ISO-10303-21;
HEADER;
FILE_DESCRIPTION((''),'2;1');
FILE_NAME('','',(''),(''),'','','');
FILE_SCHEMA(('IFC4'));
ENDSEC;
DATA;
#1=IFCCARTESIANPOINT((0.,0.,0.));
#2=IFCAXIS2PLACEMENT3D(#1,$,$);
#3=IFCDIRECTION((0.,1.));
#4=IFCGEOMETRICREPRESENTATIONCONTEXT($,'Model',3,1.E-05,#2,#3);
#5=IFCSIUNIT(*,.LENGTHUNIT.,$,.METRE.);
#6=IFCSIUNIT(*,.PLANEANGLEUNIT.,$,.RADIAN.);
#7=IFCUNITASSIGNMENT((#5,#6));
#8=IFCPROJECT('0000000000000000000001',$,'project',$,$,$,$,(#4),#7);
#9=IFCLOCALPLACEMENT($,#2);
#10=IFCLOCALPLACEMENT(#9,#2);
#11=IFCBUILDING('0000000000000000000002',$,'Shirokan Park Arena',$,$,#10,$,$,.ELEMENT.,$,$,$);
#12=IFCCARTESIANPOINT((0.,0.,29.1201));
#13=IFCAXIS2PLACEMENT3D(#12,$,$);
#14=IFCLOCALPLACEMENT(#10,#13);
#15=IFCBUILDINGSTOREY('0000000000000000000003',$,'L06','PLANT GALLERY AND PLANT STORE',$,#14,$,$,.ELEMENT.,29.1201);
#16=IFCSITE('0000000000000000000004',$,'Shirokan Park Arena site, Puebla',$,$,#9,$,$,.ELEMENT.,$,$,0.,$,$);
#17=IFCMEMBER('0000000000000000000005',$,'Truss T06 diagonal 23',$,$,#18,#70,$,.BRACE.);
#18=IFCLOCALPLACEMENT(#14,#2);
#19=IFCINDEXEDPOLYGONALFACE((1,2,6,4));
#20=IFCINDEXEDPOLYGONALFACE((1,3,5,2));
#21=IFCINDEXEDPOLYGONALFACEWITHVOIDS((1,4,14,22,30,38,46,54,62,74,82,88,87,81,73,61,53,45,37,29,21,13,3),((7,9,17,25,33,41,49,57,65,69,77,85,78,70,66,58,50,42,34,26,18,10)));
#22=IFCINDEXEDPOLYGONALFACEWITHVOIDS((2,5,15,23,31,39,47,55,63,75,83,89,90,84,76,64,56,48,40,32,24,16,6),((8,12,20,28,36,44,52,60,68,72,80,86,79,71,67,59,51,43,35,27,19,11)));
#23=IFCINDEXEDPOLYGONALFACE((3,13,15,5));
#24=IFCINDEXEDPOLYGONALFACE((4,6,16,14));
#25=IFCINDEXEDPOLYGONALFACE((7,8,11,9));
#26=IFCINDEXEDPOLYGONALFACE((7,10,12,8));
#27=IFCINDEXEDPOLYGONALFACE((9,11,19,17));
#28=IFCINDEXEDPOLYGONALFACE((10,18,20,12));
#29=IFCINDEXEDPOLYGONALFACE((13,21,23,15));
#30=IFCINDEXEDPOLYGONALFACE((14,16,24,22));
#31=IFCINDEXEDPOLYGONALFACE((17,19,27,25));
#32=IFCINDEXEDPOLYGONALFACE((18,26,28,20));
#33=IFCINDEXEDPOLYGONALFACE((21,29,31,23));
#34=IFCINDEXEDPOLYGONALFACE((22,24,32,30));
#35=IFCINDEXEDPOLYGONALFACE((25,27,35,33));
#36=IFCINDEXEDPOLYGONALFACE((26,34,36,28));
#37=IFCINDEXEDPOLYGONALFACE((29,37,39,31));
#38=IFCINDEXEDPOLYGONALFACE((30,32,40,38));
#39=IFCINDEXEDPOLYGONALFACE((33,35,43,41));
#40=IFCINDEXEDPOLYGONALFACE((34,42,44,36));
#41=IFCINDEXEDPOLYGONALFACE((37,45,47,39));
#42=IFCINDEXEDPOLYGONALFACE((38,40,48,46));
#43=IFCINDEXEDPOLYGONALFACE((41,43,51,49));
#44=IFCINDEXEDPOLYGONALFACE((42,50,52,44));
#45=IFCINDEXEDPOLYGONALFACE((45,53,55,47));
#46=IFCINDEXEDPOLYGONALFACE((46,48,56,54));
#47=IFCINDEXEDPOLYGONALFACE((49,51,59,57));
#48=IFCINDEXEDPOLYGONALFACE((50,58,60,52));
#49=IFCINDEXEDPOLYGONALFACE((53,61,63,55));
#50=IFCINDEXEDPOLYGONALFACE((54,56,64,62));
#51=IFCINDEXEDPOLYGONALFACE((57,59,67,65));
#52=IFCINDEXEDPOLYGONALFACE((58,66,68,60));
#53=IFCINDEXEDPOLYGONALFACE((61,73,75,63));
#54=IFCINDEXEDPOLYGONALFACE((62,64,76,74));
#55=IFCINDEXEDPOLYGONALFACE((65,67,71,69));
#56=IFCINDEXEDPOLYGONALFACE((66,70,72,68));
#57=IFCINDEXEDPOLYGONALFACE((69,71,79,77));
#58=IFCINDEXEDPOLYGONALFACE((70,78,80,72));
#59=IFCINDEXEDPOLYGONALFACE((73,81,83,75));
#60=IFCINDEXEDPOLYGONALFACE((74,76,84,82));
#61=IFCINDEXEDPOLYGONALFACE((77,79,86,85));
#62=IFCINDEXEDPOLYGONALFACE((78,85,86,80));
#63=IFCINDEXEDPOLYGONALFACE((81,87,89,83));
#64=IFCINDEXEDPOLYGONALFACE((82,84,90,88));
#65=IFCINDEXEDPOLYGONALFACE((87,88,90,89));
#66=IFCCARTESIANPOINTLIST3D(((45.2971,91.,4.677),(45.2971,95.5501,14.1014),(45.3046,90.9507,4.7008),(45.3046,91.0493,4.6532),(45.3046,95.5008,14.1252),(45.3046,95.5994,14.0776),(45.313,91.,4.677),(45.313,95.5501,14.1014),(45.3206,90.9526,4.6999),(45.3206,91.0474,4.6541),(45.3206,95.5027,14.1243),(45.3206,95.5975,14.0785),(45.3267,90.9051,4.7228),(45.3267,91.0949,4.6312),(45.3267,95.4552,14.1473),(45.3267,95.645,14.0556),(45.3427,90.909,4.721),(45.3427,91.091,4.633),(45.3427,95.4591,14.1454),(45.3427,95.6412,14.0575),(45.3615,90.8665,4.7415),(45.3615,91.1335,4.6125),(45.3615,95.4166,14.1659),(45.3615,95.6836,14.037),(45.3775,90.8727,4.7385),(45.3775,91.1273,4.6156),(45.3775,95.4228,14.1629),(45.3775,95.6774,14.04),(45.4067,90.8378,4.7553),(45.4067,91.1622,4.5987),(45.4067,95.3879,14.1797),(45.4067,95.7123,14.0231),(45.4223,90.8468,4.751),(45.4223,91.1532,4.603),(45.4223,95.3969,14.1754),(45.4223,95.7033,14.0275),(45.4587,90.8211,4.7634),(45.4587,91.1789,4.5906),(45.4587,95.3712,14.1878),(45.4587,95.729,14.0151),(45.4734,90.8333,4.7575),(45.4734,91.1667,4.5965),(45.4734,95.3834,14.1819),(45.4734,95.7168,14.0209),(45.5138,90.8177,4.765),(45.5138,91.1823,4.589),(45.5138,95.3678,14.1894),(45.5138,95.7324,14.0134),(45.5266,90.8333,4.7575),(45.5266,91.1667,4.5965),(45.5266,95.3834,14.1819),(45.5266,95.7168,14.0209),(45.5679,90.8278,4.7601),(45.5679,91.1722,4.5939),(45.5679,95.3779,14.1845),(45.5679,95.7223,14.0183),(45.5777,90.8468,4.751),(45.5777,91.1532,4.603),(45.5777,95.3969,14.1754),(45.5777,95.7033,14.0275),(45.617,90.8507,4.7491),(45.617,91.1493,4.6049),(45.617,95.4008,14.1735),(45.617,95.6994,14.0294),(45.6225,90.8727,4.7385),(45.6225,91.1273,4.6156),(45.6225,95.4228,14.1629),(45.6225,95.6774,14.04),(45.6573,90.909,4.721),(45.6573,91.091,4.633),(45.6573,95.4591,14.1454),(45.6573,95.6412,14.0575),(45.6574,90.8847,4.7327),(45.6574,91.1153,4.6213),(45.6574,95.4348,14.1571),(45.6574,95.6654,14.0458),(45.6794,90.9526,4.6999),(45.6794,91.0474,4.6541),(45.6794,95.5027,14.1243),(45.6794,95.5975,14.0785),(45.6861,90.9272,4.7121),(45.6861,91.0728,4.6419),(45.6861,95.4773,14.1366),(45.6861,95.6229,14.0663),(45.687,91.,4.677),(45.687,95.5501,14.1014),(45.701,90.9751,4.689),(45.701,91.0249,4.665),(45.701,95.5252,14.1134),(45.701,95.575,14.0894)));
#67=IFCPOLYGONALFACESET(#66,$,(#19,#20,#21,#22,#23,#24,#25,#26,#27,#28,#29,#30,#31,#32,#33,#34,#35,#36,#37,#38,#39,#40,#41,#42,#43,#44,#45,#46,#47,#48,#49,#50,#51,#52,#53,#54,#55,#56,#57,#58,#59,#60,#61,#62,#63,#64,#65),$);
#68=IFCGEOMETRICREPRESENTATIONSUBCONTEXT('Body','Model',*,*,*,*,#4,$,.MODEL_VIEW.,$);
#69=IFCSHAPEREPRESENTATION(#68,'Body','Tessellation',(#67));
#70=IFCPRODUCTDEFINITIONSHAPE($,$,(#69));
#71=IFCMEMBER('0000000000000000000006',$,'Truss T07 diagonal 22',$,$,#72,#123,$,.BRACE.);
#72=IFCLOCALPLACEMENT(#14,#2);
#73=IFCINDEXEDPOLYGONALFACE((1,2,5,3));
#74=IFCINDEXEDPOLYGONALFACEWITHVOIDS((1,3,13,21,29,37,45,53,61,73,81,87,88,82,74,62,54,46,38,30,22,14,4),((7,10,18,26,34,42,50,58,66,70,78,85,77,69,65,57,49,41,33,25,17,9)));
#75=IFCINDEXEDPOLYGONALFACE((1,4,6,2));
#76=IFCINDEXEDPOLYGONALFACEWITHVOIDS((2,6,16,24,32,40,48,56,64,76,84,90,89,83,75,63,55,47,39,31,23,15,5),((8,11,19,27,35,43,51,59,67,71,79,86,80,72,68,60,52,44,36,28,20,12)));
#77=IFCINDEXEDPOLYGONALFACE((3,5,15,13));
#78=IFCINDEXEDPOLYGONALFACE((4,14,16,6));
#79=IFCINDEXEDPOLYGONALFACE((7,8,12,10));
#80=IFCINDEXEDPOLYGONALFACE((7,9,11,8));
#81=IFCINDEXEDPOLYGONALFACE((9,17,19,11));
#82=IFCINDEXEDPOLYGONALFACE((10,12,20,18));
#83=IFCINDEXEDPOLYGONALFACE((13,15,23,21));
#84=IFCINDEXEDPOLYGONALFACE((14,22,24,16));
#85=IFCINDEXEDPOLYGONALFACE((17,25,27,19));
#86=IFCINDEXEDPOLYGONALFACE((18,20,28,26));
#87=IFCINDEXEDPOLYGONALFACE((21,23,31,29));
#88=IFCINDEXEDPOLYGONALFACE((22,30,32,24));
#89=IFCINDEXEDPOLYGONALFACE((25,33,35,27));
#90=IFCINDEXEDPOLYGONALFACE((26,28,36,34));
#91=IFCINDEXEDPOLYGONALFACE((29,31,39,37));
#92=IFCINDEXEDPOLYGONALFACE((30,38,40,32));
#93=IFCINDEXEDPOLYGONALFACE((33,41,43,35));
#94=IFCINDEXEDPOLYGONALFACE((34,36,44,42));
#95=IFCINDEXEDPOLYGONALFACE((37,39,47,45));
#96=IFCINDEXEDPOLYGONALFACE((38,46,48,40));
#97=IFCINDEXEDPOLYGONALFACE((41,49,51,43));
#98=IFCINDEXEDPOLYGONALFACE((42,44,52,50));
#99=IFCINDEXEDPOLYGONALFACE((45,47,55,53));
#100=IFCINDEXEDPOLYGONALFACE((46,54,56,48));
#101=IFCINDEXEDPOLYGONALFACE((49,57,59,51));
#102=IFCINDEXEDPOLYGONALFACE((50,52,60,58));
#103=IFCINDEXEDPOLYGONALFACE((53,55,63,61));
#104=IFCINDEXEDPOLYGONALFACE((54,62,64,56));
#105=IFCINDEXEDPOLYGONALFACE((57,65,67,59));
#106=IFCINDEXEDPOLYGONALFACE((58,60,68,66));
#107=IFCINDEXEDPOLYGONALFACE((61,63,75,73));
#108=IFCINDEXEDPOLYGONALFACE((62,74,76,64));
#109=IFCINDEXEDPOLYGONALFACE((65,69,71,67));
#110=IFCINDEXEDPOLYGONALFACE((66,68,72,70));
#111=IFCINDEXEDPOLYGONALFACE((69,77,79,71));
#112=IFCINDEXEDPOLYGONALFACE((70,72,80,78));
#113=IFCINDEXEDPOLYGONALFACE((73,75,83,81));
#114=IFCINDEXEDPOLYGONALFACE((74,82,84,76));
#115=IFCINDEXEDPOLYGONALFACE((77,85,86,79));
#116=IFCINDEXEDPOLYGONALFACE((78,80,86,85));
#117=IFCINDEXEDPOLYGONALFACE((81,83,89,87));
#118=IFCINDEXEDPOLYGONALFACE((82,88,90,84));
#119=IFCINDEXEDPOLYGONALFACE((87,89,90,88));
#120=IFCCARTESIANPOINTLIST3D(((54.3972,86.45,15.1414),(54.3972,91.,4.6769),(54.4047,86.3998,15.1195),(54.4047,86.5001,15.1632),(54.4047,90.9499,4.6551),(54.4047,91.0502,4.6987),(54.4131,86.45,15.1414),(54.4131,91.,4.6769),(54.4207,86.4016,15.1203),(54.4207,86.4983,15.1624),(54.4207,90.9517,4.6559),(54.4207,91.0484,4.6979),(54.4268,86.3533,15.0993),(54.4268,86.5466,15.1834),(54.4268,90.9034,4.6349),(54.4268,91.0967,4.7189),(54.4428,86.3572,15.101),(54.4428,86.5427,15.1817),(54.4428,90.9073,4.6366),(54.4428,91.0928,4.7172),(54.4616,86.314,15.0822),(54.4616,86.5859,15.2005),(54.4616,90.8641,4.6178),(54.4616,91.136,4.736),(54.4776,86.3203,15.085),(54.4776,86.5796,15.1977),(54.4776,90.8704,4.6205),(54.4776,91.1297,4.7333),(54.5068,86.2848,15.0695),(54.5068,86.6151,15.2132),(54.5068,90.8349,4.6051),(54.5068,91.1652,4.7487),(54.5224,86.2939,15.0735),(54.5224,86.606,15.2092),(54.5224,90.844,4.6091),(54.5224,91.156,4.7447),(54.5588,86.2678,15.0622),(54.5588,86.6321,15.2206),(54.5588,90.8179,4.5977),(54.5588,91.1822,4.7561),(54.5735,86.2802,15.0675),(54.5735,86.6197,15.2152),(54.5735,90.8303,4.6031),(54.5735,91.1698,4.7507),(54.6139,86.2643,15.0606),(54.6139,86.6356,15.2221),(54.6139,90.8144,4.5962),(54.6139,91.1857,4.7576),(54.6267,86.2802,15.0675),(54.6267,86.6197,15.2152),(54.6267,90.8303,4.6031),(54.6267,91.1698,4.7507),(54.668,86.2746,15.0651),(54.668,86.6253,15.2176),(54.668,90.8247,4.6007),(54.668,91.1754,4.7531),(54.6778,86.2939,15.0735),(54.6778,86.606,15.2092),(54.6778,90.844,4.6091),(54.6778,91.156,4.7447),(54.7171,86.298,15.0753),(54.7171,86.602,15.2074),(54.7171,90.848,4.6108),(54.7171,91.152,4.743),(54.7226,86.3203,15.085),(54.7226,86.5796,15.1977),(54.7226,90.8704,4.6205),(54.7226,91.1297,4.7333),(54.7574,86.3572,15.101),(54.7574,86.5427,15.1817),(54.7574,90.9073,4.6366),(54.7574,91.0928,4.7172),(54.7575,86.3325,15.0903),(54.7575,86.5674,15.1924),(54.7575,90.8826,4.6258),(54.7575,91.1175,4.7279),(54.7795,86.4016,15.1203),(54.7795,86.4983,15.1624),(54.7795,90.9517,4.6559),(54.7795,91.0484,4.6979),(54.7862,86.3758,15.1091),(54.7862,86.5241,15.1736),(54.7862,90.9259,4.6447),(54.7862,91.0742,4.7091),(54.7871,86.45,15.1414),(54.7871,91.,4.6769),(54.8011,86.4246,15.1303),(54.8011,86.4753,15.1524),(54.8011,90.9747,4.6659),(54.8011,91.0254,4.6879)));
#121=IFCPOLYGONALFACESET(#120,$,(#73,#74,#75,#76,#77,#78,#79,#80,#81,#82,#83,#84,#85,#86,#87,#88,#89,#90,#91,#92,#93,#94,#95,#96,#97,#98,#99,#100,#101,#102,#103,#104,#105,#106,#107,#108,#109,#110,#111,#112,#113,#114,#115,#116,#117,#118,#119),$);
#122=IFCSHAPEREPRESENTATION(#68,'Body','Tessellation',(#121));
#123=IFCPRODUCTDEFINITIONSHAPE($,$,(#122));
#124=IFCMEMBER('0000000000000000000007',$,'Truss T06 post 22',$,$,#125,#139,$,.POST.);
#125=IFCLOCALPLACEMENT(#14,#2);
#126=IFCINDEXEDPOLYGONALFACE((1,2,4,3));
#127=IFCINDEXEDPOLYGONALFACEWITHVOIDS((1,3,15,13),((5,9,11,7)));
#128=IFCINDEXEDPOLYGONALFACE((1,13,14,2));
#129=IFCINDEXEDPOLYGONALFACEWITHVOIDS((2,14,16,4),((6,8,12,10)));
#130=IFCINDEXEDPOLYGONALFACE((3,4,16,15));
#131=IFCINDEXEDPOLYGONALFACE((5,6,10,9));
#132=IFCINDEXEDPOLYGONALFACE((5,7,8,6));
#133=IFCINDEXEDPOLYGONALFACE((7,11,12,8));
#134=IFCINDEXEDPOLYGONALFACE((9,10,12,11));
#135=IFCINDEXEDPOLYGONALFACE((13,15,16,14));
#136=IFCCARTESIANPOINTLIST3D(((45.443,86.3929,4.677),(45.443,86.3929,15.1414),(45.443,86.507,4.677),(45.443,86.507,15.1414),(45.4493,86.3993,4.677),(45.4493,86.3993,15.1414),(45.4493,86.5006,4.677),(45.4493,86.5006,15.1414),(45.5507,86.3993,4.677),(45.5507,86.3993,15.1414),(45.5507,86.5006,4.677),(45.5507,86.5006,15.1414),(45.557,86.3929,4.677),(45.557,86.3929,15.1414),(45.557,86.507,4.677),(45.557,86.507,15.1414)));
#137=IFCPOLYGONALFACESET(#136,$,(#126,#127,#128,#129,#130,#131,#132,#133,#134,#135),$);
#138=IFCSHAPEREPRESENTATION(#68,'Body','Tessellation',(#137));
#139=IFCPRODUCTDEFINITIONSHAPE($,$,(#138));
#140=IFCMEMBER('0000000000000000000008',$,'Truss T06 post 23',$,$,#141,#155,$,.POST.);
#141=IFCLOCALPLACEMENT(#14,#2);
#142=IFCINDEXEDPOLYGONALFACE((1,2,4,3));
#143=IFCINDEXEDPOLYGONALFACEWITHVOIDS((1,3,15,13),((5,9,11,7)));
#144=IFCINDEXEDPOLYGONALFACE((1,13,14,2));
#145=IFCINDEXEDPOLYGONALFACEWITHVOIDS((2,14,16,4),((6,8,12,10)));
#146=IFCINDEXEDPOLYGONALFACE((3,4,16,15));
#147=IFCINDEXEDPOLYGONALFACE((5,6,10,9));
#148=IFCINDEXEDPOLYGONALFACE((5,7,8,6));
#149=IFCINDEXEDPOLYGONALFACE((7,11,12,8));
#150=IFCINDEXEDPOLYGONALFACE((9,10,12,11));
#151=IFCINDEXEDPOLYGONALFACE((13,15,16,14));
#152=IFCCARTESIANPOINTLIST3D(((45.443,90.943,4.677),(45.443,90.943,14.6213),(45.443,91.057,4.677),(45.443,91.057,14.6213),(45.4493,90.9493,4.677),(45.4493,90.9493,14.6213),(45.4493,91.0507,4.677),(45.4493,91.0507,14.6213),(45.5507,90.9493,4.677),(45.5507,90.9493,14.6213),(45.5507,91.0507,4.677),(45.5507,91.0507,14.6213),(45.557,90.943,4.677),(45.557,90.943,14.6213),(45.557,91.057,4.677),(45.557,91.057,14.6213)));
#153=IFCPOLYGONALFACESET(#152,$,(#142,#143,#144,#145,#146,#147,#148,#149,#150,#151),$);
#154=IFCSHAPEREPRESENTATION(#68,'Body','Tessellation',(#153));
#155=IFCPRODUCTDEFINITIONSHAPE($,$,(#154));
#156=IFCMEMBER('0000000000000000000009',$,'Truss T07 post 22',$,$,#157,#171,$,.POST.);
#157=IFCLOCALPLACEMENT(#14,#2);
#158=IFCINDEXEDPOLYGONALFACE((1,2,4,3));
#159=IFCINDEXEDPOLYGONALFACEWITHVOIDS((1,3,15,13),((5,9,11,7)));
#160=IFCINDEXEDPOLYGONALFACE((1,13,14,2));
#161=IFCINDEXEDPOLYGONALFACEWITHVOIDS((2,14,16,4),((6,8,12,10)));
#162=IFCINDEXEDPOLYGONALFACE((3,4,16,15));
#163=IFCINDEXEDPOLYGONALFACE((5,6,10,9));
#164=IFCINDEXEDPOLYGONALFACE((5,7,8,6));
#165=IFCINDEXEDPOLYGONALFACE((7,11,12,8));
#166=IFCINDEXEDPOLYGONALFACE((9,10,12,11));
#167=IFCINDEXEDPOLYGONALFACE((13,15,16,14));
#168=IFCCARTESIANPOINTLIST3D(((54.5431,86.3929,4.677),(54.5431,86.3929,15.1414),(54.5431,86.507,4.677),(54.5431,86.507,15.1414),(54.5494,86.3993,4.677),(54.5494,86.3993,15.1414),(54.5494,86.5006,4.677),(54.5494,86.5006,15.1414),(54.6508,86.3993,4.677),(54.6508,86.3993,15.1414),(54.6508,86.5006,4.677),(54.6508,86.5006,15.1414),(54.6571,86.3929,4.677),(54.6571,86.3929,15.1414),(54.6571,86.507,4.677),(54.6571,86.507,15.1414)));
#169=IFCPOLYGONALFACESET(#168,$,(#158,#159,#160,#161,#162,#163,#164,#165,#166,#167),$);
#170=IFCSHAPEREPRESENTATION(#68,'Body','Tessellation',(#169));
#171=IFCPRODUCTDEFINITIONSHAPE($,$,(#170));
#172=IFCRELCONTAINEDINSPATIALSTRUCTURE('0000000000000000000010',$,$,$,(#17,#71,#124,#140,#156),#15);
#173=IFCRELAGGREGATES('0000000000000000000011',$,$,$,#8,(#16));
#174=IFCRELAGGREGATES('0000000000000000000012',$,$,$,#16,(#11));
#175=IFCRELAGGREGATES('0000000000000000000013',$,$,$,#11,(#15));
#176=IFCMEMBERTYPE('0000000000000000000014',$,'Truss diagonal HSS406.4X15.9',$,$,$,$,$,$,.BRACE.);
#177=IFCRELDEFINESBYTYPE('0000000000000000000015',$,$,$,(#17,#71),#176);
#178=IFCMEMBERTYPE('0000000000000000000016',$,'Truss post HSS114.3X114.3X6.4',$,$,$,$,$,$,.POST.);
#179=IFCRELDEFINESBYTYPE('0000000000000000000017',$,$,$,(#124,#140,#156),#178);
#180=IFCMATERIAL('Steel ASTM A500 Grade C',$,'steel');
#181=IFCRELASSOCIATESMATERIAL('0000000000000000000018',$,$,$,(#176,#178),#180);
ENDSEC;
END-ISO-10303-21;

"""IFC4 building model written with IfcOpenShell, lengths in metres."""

from ifc_helpers import new_model, si_unit, direction, frame, origin, origin_2d, place, context, subcontext, project, spatial, hollow_rectangle, hollow_circle, extrude, material, material_profile, profile_set, type_object, element, save


model = new_model("IFC4")

# Units and contexts
model_context = context("Model", 3, precision=1e-05, world=origin(), true_north=direction((0.0, 1.0)))
body_context = subcontext(model_context, "Body", "Model", "MODEL_VIEW")
ifc_project = project(units=[si_unit("LENGTHUNIT", "METRE"), si_unit("PLANEANGLEUNIT", "RADIAN")], contexts=[model_context])

# Site, building, storey
site_placement = place(None, origin())
site = spatial("IfcSite", under=ifc_project, at=site_placement, Name="Shirokan Park Arena site, Puebla", CompositionType="ELEMENT", RefElevation=0.0)
building_placement = place(site_placement, origin())
building = spatial("IfcBuilding", under=site, at=building_placement, Name="Shirokan Park Arena", CompositionType="ELEMENT")
storey_placement = place(building_placement, frame((0.0, 0.0, 29.1201)))
storey = spatial("IfcBuildingStorey", under=building, at=storey_placement, Name="L06", Description="PLANT GALLERY AND PLANT STORE", CompositionType="ELEMENT", Elevation=29.1201)

# Members
ifc_material_1 = material(Name="Steel ASTM A500 Grade C", Category="steel")
ifc_material_profile_1 = material_profile(ifc_material_1, hollow_circle(Radius=0.2029, WallThickness=0.0159, at=origin_2d()), Name="HSS406.4X15.9")
ifc_profile_set_1 = profile_set([ifc_material_profile_1], Name="Steel ASTM A500 Grade C")
member_type_1 = type_object("IfcMemberType", Name="Truss diagonal HSS406.4X15.9", PredefinedType="BRACE", material=ifc_profile_set_1)
member_1_placement = place(storey_placement, frame((45.5, 91.0, 4.677), z_axis=(0.0, 0.434778, 0.900537), x_axis=(-1.0, 0.0, 0.0)))
element("IfcMember", 1, at=member_1_placement, inside=storey, type_object=member_type_1, Name="Truss T06 diagonal 23", PredefinedType="BRACE", context=body_context, shape_type="SweptSolid", body=[
    extrude(hollow_circle(Radius=0.2029, WallThickness=0.0159, at=origin_2d()), origin(), (0.0, 0.0, 1.0), 10.4653),
])
member_2_placement = place(storey_placement, frame((54.6001, 86.45, 15.1414), z_axis=(0.0, 0.39875, -0.91706), x_axis=(-1.0, 0.0, 0.0)))
element("IfcMember", 2, at=member_2_placement, inside=storey, type_object=member_type_1, Name="Truss T07 diagonal 22", PredefinedType="BRACE", context=body_context, shape_type="SweptSolid", body=[
    extrude(hollow_circle(Radius=0.2029, WallThickness=0.0159, at=origin_2d()), origin(), (0.0, 0.0, 1.0), 11.4109),
])
ifc_material_profile_2 = material_profile(ifc_material_1, hollow_rectangle(XDim=0.114, YDim=0.114, WallThickness=0.0063, at=origin_2d()), Name="HSS114.3X114.3X6.4")
ifc_profile_set_2 = profile_set([ifc_material_profile_2], Name="Steel ASTM A500 Grade C")
member_type_2 = type_object("IfcMemberType", Name="Truss post HSS114.3X114.3X6.4", PredefinedType="POST", material=ifc_profile_set_2)
member_3_placement = place(storey_placement, frame((45.5, 86.45, 4.677), z_axis=(0.0, 0.0, 1.0), x_axis=(1.0, 0.0, 0.0)))
element("IfcMember", 3, at=member_3_placement, inside=storey, type_object=member_type_2, Name="Truss T06 post 22", PredefinedType="POST", context=body_context, shape_type="SweptSolid", body=[
    extrude(hollow_rectangle(XDim=0.114, YDim=0.114, WallThickness=0.0063, at=origin_2d()), origin(), (0.0, 0.0, 1.0), 10.4644),
])
member_4_placement = place(storey_placement, frame((45.5, 91.0, 4.677), z_axis=(0.0, 0.0, 1.0), x_axis=(1.0, 0.0, 0.0)))
element("IfcMember", 4, at=member_4_placement, inside=storey, type_object=member_type_2, Name="Truss T06 post 23", PredefinedType="POST", context=body_context, shape_type="SweptSolid", body=[
    extrude(hollow_rectangle(XDim=0.114, YDim=0.114, WallThickness=0.0063, at=origin_2d()), origin(), (0.0, 0.0, 1.0), 9.9443),
])
member_5_placement = place(storey_placement, frame((54.6001, 86.45, 4.677), z_axis=(0.0, 0.0, 1.0), x_axis=(1.0, 0.0, 0.0)))
element("IfcMember", 5, at=member_5_placement, inside=storey, type_object=member_type_2, Name="Truss T07 post 22", PredefinedType="POST", context=body_context, shape_type="SweptSolid", body=[
    extrude(hollow_rectangle(XDim=0.114, YDim=0.114, WallThickness=0.0063, at=origin_2d()), origin(), (0.0, 0.0, 1.0), 10.4644),
])

save(model, "model.ifc")
